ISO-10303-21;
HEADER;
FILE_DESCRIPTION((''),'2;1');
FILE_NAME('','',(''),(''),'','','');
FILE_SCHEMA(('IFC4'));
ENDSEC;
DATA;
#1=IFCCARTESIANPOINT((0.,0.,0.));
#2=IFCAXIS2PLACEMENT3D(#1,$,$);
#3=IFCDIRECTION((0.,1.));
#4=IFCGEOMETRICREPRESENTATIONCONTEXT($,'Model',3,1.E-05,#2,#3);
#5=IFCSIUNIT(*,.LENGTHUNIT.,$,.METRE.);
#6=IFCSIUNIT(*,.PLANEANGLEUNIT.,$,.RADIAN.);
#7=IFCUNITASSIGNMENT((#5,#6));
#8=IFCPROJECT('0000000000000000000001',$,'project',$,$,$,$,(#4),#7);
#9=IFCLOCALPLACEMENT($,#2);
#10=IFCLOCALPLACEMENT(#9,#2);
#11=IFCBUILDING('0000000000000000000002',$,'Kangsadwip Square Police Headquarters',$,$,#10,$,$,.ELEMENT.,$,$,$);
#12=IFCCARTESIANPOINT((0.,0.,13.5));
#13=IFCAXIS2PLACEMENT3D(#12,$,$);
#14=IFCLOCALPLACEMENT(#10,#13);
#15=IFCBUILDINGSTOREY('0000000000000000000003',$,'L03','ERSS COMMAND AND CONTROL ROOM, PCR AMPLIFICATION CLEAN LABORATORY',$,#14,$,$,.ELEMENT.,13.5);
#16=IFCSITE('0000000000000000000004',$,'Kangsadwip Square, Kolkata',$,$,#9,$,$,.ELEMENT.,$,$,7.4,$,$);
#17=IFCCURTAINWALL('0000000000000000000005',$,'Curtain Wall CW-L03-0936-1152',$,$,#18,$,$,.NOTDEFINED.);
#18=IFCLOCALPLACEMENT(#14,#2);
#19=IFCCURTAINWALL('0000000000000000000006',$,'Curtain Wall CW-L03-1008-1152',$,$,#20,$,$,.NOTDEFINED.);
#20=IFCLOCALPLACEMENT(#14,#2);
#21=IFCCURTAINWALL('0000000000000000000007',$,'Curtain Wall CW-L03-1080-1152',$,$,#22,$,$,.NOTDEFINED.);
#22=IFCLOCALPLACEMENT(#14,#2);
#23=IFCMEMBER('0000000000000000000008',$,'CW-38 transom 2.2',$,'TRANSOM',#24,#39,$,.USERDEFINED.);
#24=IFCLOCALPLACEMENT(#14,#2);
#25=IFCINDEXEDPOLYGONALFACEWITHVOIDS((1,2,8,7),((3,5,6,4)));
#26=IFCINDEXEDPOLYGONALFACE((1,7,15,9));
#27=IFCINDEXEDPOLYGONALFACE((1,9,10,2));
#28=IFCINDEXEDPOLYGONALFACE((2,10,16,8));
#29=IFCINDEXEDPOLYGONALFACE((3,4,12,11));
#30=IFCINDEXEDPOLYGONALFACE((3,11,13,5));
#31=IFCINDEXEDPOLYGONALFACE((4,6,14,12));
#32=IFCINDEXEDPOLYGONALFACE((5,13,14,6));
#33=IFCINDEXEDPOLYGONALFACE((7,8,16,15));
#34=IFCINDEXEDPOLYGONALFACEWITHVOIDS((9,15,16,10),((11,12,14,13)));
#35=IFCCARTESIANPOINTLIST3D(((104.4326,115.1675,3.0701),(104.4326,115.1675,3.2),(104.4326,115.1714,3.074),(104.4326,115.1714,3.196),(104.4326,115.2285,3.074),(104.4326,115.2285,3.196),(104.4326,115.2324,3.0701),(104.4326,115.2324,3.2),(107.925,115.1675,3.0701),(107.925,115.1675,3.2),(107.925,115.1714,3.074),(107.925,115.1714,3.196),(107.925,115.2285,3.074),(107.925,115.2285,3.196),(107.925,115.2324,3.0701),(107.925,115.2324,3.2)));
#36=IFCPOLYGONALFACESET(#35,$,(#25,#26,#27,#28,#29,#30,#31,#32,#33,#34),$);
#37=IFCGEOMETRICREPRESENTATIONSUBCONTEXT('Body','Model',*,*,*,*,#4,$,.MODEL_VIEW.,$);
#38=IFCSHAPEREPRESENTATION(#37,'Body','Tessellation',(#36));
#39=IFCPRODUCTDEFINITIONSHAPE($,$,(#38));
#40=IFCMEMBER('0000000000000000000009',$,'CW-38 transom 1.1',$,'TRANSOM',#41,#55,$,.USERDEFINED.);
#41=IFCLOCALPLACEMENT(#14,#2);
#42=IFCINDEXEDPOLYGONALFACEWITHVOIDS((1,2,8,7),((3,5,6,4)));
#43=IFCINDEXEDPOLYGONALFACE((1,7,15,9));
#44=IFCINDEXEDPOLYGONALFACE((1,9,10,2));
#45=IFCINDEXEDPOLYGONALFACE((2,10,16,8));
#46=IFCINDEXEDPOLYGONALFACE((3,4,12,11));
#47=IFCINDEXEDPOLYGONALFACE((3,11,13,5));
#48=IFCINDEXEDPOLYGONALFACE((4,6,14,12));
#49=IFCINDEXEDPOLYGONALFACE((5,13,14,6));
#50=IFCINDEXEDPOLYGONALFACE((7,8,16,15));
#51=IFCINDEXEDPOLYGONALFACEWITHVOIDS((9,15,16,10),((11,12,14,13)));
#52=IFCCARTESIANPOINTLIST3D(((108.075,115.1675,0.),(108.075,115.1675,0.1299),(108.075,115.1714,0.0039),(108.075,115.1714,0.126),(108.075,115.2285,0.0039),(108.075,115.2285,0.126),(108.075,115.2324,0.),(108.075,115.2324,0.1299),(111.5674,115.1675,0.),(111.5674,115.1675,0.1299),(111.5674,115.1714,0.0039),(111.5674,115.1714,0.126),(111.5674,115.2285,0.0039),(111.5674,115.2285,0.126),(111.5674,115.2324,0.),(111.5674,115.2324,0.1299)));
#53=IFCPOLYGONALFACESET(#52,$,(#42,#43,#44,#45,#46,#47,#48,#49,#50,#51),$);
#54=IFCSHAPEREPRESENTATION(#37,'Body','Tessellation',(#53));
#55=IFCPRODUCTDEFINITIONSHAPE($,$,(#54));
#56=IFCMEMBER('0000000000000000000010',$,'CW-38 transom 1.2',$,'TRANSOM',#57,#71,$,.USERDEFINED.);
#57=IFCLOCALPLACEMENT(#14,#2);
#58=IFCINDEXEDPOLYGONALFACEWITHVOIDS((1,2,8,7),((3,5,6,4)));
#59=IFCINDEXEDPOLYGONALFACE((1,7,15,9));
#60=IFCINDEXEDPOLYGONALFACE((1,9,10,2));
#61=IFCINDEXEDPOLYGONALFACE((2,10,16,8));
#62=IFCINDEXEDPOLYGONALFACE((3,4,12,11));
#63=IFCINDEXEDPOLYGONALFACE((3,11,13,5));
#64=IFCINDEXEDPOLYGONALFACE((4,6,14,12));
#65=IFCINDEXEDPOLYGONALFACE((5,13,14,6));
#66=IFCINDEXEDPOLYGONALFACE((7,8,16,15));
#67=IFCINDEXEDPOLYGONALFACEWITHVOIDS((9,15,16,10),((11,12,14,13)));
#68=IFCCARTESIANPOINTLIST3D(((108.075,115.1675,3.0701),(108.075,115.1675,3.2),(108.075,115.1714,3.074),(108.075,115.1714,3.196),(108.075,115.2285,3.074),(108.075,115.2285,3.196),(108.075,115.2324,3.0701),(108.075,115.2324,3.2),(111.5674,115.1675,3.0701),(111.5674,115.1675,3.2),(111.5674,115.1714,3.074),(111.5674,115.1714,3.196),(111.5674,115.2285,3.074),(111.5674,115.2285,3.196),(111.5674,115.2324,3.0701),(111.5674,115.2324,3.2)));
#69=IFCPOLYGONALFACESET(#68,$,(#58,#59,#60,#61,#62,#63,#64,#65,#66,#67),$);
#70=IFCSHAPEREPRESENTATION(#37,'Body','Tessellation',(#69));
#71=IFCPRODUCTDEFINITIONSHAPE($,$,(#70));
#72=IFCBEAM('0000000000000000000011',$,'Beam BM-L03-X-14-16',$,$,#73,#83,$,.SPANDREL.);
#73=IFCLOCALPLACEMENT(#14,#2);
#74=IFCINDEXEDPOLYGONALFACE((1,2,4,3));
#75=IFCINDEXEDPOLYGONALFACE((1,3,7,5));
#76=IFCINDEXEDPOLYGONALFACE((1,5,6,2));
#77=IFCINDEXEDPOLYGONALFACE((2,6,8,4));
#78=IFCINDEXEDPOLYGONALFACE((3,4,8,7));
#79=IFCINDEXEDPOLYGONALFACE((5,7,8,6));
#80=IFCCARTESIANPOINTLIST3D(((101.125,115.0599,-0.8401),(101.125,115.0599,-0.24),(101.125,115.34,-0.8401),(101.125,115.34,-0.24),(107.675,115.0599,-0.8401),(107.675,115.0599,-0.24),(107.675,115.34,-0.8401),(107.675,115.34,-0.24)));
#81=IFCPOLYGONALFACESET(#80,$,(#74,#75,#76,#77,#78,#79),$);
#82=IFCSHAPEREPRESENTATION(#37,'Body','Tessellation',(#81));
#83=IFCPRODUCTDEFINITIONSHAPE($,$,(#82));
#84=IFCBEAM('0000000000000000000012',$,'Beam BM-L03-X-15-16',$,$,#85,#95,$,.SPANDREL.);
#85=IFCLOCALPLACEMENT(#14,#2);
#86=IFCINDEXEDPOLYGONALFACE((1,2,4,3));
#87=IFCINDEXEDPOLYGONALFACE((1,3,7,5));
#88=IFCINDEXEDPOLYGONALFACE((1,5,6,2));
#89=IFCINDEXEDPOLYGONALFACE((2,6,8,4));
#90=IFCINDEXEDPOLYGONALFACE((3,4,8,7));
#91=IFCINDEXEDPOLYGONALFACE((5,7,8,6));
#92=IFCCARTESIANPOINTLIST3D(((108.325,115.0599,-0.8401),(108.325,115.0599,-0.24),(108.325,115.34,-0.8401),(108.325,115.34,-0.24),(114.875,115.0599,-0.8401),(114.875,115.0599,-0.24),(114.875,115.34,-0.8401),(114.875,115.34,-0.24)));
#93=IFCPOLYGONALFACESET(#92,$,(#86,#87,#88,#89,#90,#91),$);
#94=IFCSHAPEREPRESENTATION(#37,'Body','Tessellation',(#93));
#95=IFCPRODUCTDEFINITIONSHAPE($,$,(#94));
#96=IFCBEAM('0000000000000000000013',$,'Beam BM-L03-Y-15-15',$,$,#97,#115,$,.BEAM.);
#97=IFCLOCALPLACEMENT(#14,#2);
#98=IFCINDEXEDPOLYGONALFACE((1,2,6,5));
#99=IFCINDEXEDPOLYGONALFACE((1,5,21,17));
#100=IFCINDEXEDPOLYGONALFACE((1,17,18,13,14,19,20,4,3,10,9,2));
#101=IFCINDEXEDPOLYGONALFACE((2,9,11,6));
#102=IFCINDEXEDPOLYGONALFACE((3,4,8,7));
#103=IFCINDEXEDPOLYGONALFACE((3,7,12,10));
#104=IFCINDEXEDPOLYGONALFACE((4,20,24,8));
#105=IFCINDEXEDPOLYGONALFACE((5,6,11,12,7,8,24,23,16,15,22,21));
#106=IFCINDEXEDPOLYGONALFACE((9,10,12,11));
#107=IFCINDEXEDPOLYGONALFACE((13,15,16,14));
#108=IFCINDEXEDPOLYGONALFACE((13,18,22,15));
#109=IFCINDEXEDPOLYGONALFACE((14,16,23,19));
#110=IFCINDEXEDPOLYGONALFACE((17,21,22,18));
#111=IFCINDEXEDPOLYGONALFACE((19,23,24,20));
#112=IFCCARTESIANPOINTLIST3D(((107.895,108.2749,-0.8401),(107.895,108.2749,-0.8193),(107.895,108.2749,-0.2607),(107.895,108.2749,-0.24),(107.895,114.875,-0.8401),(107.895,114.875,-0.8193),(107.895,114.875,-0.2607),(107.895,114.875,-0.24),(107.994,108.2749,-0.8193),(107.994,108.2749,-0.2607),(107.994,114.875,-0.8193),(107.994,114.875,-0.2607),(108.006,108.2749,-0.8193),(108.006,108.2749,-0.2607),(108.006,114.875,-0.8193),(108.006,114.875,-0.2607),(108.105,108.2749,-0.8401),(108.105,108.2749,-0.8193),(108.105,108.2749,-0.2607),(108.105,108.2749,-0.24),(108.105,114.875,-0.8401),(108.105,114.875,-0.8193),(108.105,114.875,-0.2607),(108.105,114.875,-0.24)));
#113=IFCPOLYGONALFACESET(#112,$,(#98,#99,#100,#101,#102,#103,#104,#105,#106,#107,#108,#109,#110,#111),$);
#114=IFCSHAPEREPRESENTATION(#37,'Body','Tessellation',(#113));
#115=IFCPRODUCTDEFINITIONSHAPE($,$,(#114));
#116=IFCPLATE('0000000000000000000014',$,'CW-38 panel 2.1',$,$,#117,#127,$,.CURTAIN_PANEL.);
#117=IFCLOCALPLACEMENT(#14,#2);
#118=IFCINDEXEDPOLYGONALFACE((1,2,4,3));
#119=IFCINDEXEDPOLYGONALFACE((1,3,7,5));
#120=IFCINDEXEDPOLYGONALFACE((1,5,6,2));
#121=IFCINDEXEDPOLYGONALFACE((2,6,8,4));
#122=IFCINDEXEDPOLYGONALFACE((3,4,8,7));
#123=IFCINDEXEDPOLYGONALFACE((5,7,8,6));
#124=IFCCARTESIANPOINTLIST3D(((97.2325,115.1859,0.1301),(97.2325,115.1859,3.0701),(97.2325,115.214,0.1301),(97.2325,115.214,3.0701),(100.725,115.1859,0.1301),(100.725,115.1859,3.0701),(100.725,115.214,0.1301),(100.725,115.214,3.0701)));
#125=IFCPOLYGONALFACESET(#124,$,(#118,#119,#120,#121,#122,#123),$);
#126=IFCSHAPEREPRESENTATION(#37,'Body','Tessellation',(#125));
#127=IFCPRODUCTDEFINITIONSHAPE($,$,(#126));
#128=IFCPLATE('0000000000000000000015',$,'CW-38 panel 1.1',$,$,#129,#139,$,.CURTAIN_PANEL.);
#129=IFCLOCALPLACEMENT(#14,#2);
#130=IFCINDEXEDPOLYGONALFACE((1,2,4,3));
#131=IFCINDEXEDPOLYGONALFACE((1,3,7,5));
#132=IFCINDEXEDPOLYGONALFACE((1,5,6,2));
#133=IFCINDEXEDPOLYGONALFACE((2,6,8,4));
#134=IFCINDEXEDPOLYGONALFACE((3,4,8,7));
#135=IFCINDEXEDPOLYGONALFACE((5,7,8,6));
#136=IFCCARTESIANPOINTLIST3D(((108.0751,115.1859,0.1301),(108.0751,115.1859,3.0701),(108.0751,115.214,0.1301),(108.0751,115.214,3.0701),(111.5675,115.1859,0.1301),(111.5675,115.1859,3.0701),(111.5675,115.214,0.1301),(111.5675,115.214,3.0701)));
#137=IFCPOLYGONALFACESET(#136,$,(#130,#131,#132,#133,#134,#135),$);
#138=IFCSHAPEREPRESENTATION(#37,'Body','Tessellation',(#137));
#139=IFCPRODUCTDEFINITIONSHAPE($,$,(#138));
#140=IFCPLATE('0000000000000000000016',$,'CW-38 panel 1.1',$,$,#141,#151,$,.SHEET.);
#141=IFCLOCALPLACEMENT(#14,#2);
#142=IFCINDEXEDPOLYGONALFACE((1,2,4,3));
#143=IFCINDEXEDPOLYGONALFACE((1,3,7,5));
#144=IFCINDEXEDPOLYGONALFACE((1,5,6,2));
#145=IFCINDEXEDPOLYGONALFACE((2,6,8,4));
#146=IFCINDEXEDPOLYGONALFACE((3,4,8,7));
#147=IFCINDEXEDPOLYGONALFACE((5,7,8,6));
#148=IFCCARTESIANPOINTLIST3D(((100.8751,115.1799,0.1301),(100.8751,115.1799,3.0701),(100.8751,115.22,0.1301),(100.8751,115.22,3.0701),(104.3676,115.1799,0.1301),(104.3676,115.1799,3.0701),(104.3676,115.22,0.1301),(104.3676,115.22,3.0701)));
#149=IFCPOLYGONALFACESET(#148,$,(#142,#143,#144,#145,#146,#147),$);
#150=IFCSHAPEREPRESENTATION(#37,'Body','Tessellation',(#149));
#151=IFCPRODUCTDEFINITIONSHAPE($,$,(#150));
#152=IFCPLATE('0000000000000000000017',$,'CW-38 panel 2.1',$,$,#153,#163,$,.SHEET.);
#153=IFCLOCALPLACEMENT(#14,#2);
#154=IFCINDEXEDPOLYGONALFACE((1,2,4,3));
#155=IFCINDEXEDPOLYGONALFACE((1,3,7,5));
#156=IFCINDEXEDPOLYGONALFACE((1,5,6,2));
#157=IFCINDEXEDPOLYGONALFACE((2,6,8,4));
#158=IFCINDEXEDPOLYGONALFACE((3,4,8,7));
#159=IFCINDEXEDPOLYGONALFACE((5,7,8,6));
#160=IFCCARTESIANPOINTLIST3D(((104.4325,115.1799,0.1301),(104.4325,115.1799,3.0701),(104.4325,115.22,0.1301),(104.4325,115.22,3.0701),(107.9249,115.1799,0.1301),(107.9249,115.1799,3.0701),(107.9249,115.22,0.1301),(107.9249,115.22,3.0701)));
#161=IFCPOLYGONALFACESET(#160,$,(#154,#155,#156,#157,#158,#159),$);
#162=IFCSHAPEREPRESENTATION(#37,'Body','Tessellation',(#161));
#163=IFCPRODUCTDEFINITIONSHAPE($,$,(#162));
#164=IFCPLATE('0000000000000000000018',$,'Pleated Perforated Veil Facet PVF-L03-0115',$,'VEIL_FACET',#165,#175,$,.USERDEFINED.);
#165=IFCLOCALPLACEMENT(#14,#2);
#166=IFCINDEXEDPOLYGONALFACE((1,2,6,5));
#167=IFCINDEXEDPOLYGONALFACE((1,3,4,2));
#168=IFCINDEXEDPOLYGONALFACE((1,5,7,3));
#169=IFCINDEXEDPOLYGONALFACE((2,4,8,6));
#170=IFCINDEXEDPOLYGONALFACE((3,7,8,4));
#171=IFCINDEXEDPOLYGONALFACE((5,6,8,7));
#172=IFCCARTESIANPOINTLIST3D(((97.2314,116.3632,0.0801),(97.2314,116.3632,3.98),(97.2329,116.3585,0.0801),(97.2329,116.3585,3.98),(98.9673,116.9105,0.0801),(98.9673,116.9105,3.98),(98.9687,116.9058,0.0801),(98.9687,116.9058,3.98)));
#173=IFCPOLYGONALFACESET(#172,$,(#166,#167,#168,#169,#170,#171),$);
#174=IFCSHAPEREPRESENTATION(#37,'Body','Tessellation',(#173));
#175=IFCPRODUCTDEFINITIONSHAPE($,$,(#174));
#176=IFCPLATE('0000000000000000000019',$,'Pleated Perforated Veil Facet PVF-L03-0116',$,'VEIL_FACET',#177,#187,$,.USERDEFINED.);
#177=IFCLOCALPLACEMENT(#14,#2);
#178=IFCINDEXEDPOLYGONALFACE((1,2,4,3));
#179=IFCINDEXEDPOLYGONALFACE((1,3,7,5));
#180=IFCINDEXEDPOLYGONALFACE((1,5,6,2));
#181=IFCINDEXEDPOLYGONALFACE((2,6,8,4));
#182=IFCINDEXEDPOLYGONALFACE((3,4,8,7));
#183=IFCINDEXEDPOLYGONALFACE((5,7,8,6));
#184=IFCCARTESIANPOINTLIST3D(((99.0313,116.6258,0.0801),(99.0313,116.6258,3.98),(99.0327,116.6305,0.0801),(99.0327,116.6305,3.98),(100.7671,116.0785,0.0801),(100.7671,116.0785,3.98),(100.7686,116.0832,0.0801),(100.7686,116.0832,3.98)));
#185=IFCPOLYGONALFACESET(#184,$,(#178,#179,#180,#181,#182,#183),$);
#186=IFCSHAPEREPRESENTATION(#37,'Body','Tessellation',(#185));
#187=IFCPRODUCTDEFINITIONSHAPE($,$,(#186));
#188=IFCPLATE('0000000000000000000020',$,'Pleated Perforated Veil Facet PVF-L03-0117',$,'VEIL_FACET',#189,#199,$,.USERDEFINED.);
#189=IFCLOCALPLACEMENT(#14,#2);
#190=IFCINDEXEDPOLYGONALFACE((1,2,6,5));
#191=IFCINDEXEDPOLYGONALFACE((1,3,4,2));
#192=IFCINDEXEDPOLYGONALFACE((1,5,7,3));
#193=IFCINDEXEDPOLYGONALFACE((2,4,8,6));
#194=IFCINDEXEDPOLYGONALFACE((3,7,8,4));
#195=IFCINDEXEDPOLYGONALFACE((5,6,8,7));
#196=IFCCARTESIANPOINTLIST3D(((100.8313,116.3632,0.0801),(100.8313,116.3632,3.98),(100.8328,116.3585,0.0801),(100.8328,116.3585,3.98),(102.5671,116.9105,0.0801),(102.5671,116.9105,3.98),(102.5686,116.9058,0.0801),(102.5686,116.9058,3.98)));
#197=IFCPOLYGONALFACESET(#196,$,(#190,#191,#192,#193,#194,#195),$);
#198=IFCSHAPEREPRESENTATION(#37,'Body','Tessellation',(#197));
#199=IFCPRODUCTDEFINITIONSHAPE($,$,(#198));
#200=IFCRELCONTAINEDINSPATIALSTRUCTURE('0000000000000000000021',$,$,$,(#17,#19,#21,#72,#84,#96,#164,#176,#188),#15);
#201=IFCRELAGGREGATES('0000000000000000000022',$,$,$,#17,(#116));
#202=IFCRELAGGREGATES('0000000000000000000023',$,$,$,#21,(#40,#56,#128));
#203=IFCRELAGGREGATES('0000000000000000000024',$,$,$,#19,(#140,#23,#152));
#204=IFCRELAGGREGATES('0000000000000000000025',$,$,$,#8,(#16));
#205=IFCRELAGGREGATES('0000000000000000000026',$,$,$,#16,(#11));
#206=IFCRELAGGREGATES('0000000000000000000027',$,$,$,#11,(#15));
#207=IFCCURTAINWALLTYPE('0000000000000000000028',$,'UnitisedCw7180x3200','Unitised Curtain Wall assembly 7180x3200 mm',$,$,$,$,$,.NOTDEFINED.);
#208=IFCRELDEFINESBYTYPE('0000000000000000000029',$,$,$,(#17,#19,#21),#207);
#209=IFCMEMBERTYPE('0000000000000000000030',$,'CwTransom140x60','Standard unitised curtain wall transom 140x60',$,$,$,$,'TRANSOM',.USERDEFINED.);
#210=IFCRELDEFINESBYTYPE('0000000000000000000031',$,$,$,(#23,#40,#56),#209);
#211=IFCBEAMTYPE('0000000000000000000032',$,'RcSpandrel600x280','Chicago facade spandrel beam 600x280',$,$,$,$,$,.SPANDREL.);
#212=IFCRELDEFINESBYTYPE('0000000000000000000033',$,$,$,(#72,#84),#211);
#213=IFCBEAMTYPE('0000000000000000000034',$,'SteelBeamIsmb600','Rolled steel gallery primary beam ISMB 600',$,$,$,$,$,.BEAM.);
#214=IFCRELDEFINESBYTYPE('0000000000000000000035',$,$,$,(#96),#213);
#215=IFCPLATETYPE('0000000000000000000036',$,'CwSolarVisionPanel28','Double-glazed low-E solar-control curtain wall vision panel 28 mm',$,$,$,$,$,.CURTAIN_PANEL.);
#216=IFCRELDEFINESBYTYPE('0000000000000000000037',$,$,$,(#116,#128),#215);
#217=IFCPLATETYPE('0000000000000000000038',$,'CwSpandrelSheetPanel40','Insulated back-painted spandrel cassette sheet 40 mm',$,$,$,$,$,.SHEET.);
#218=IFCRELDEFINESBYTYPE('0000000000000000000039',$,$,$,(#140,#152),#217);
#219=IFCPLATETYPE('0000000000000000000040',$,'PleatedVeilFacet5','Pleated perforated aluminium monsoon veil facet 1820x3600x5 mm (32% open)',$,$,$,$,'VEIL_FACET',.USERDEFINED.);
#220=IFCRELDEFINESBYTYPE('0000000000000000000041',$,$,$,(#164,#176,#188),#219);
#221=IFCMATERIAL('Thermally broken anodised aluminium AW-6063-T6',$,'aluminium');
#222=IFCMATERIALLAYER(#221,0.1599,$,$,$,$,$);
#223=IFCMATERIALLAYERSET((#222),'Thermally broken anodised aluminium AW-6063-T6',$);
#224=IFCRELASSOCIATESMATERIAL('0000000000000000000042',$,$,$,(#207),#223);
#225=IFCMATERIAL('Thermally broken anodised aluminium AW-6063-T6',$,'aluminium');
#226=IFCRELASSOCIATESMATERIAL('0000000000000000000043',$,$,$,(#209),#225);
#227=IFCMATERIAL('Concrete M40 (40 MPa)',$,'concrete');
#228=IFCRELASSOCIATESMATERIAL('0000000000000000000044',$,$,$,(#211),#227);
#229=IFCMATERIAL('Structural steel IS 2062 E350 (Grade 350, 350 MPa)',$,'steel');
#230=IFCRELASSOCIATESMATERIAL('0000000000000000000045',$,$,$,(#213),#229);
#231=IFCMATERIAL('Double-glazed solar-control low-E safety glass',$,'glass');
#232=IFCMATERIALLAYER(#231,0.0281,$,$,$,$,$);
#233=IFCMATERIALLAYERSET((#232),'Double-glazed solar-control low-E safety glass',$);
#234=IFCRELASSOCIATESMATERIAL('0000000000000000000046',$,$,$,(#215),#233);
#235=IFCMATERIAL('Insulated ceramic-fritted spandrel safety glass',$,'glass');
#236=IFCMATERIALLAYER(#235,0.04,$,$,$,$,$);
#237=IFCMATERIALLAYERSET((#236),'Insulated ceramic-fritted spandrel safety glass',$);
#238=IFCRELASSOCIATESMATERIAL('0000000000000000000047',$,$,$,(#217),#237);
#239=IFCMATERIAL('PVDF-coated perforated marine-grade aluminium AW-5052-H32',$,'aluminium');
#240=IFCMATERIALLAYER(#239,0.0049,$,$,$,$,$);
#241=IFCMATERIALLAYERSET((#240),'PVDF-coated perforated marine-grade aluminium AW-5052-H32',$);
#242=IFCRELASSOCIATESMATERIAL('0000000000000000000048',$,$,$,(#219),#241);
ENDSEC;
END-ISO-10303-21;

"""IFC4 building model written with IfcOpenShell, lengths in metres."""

from ifc_helpers import new_model, si_unit, direction, frame, origin, origin_2d, place, context, subcontext, project, spatial, rectangle, hollow_rectangle, i_section, extrude, material, layer, layer_set, material_profile, profile_set, type_object, element, aggregate, save


model = new_model("IFC4")

# Units and contexts
model_context = context("Model", 3, precision=1e-05, world=origin(), true_north=direction((0.0, 1.0)))
body_context = subcontext(model_context, "Body", "Model", "MODEL_VIEW")
ifc_project = project(units=[si_unit("LENGTHUNIT", "METRE"), si_unit("PLANEANGLEUNIT", "RADIAN")], contexts=[model_context])

# Site, building, storey
site_placement = place(None, origin())
site = spatial("IfcSite", under=ifc_project, at=site_placement, Name="Kangsadwip Square, Kolkata", CompositionType="ELEMENT", RefElevation=7.4)
building_placement = place(site_placement, origin())
building = spatial("IfcBuilding", under=site, at=building_placement, Name="Kangsadwip Square Police Headquarters", CompositionType="ELEMENT")
storey_placement = place(building_placement, frame((0.0, 0.0, 13.5)))
storey = spatial("IfcBuildingStorey", under=building, at=storey_placement, Name="L03", Description="ERSS COMMAND AND CONTROL ROOM, PCR AMPLIFICATION CLEAN LABORATORY", CompositionType="ELEMENT", Elevation=13.5)

# Curtain wall
ifc_material_1 = material(Name="Thermally broken anodised aluminium AW-6063-T6", Category="aluminium")
ifc_layer_1 = layer(ifc_material_1, 0.1599)
ifc_layer_set_1 = layer_set([ifc_layer_1], Name="Thermally broken anodised aluminium AW-6063-T6")
curtain_wall_type = type_object("IfcCurtainWallType", Name="UnitisedCw7180x3200", Description="Unitised Curtain Wall assembly 7180x3200 mm", PredefinedType="NOTDEFINED", material=ifc_layer_set_1)
curtain_wall_1_placement = place(storey_placement, origin())
curtain_wall_1 = element("IfcCurtainWall", 1, at=curtain_wall_1_placement, inside=storey, type_object=curtain_wall_type, Name="Curtain Wall CW-L03-0936-1152", PredefinedType="NOTDEFINED")

# Curtain wall
curtain_wall_2_placement = place(storey_placement, origin())
curtain_wall_2 = element("IfcCurtainWall", 2, at=curtain_wall_2_placement, inside=storey, type_object=curtain_wall_type, Name="Curtain Wall CW-L03-1008-1152", PredefinedType="NOTDEFINED")

# Curtain wall
curtain_wall_3_placement = place(storey_placement, origin())
curtain_wall_3 = element("IfcCurtainWall", 3, at=curtain_wall_3_placement, inside=storey, type_object=curtain_wall_type, Name="Curtain Wall CW-L03-1080-1152", PredefinedType="NOTDEFINED")

# Members
ifc_material_2 = material(Name="Thermally broken anodised aluminium AW-6063-T6", Category="aluminium")
ifc_material_profile_1 = material_profile(ifc_material_2, hollow_rectangle(XDim=0.0649, YDim=0.1299, WallThickness=0.0039, at=origin_2d()), Name="CWT 130X65X4")
ifc_profile_set_1 = profile_set([ifc_material_profile_1], Name="Thermally broken anodised aluminium AW-6063-T6")
member_type_1 = type_object("IfcMemberType", Name="CwTransom140x60", Description="Standard unitised curtain wall transom 140x60", ElementType="TRANSOM", PredefinedType="USERDEFINED", material=ifc_profile_set_1)
member_1_placement = place(storey_placement, frame((104.4326, 115.2, 3.135), z_axis=(1.0, 0.0, 0.0), x_axis=(0.0, 1.0, 0.0)))
member_1 = element("IfcMember", 4, at=member_1_placement, type_object=member_type_1, Name="CW-38 transom 2.2", ObjectType="TRANSOM", PredefinedType="USERDEFINED", context=body_context, shape_type="SweptSolid", body=[
    extrude(hollow_rectangle(XDim=0.0649, YDim=0.1299, WallThickness=0.0039, at=origin_2d()), origin(), (0.0, 0.0, 1.0), 3.4924),
])
member_2_placement = place(storey_placement, frame((108.075, 115.2, 0.0649), z_axis=(1.0, 0.0, 0.0), x_axis=(0.0, 1.0, 0.0)))
member_2 = element("IfcMember", 5, at=member_2_placement, type_object=member_type_1, Name="CW-38 transom 1.1", ObjectType="TRANSOM", PredefinedType="USERDEFINED", context=body_context, shape_type="SweptSolid", body=[
    extrude(hollow_rectangle(XDim=0.0649, YDim=0.1299, WallThickness=0.0039, at=origin_2d()), origin(), (0.0, 0.0, 1.0), 3.4924),
])
member_3_placement = place(storey_placement, frame((108.075, 115.2, 3.135), z_axis=(1.0, 0.0, 0.0), x_axis=(0.0, 1.0, 0.0)))
member_3 = element("IfcMember", 6, at=member_3_placement, type_object=member_type_1, Name="CW-38 transom 1.2", ObjectType="TRANSOM", PredefinedType="USERDEFINED", context=body_context, shape_type="SweptSolid", body=[
    extrude(hollow_rectangle(XDim=0.0649, YDim=0.1299, WallThickness=0.0039, at=origin_2d()), origin(), (0.0, 0.0, 1.0), 3.4924),
])

# Beams
ifc_material_3 = material(Name="Concrete M40 (40 MPa)", Category="concrete")
ifc_material_profile_2 = material_profile(ifc_material_3, rectangle(XDim=0.28, YDim=0.6001, at=origin_2d()), Name="RC SPN 600X280")
ifc_profile_set_2 = profile_set([ifc_material_profile_2], Name="Concrete M40 (40 MPa)")
beam_type_1 = type_object("IfcBeamType", Name="RcSpandrel600x280", Description="Chicago facade spandrel beam 600x280", PredefinedType="SPANDREL", material=ifc_profile_set_2)
for number, where, z_axis, x_axis, name in (
    (7, (101.125, 115.2, -0.54), (1.0, 0.0, 0.0), (0.0, 1.0, 0.0), "Beam BM-L03-X-14-16"),
    (8, (108.325, 115.2, -0.54), (1.0, 0.0, 0.0), (0.0, 1.0, 0.0), "Beam BM-L03-X-15-16"),
):
    element("IfcBeam", number, at=place(storey_placement, frame(where, z_axis=z_axis, x_axis=x_axis)), inside=storey, type_object=beam_type_1, Name=name, PredefinedType="SPANDREL", context=body_context, shape_type="SweptSolid", body=[
        extrude(rectangle(XDim=0.28, YDim=0.6001, at=origin_2d()), origin(), (0.0, 0.0, 1.0), 6.55),
    ])
ifc_material_4 = material(Name="Structural steel IS 2062 E350 (Grade 350, 350 MPa)", Category="steel")
ifc_material_profile_3 = material_profile(ifc_material_4, i_section(OverallWidth=0.21, OverallDepth=0.6001, WebThickness=0.012, FlangeThickness=0.0208, at=origin_2d()), Name="ISMB 600")
ifc_profile_set_3 = profile_set([ifc_material_profile_3], Name="Structural steel IS 2062 E350 (Grade 350, 350 MPa)")
beam_type_2 = type_object("IfcBeamType", Name="SteelBeamIsmb600", Description="Rolled steel gallery primary beam ISMB 600", PredefinedType="BEAM", material=ifc_profile_set_3)
beam_placement = place(storey_placement, frame((108.0, 108.2749, -0.54), z_axis=(0.0, 1.0, 0.0), x_axis=(-1.0, 0.0, 0.0)))
element("IfcBeam", 9, at=beam_placement, inside=storey, type_object=beam_type_2, Name="Beam BM-L03-Y-15-15", PredefinedType="BEAM", context=body_context, shape_type="SweptSolid", body=[
    extrude(i_section(OverallWidth=0.21, OverallDepth=0.6001, WebThickness=0.012, FlangeThickness=0.0208, at=origin_2d()), origin(), (0.0, 0.0, 1.0), 6.6001),
])

# Plates
ifc_material_5 = material(Name="Double-glazed solar-control low-E safety glass", Category="glass")
ifc_layer_2 = layer(ifc_material_5, 0.0281)
ifc_layer_set_2 = layer_set([ifc_layer_2], Name="Double-glazed solar-control low-E safety glass")
plate_type_1 = type_object("IfcPlateType", Name="CwSolarVisionPanel28", Description="Double-glazed low-E solar-control curtain wall vision panel 28 mm", PredefinedType="CURTAIN_PANEL", material=ifc_layer_set_2)
plate_1_placement = place(storey_placement, frame((98.9788, 115.2, 0.1301), z_axis=(0.0, 0.0, 1.0), x_axis=(1.0, 0.0, 0.0)))
plate_1 = element("IfcPlate", 10, at=plate_1_placement, type_object=plate_type_1, Name="CW-38 panel 2.1", PredefinedType="CURTAIN_PANEL", context=body_context, shape_type="SweptSolid", body=[
    extrude(rectangle(XDim=3.4924, YDim=0.0281, at=origin_2d()), origin(), (0.0, 0.0, 1.0), 2.9399),
])
aggregate(curtain_wall_1, [plate_1])
plate_2_placement = place(storey_placement, frame((109.8213, 115.2, 0.1301), z_axis=(0.0, 0.0, 1.0), x_axis=(1.0, 0.0, 0.0)))
plate_2 = element("IfcPlate", 11, at=plate_2_placement, type_object=plate_type_1, Name="CW-38 panel 1.1", PredefinedType="CURTAIN_PANEL", context=body_context, shape_type="SweptSolid", body=[
    extrude(rectangle(XDim=3.4924, YDim=0.0281, at=origin_2d()), origin(), (0.0, 0.0, 1.0), 2.9399),
])
aggregate(curtain_wall_3, [member_2, member_3, plate_2])
ifc_material_6 = material(Name="Insulated ceramic-fritted spandrel safety glass", Category="glass")
ifc_layer_3 = layer(ifc_material_6, 0.04)
ifc_layer_set_3 = layer_set([ifc_layer_3], Name="Insulated ceramic-fritted spandrel safety glass")
plate_type_2 = type_object("IfcPlateType", Name="CwSpandrelSheetPanel40", Description="Insulated back-painted spandrel cassette sheet 40 mm", PredefinedType="SHEET", material=ifc_layer_set_3)
plate_3_placement = place(storey_placement, frame((102.6213, 115.2, 0.1301), z_axis=(0.0, 0.0, 1.0), x_axis=(1.0, 0.0, 0.0)))
plate_3 = element("IfcPlate", 12, at=plate_3_placement, type_object=plate_type_2, Name="CW-38 panel 1.1", PredefinedType="SHEET", context=body_context, shape_type="SweptSolid", body=[
    extrude(rectangle(XDim=3.4924, YDim=0.04, at=origin_2d()), origin(), (0.0, 0.0, 1.0), 2.9399),
])
plate_4_placement = place(storey_placement, frame((106.1787, 115.2, 0.1301), z_axis=(0.0, 0.0, 1.0), x_axis=(1.0, 0.0, 0.0)))
plate_4 = element("IfcPlate", 13, at=plate_4_placement, type_object=plate_type_2, Name="CW-38 panel 2.1", PredefinedType="SHEET", context=body_context, shape_type="SweptSolid", body=[
    extrude(rectangle(XDim=3.4924, YDim=0.04, at=origin_2d()), origin(), (0.0, 0.0, 1.0), 2.9399),
])
aggregate(curtain_wall_2, [plate_3, member_1, plate_4])

# Plates
ifc_material_7 = material(Name="PVDF-coated perforated marine-grade aluminium AW-5052-H32", Category="aluminium")
ifc_layer_4 = layer(ifc_material_7, 0.0049)
ifc_layer_set_4 = layer_set([ifc_layer_4], Name="PVDF-coated perforated marine-grade aluminium AW-5052-H32")
plate_type_3 = type_object("IfcPlateType", Name="PleatedVeilFacet5", Description="Pleated perforated aluminium monsoon veil facet 1820x3600x5 mm (32% open)", ElementType="VEIL_FACET", PredefinedType="USERDEFINED", material=ifc_layer_set_4)
for number, where, z_axis, x_axis, name in (
    (14, (98.1001, 116.6345, 0.0801), (0.0, 0.0, 1.0), (0.953717, 0.300706, 0.0), "Pleated Perforated Veil Facet PVF-L03-0115"),
    (15, (99.8999, 116.3545, 0.0801), (0.0, 0.0, 1.0), (0.953717, -0.300706, 0.0), "Pleated Perforated Veil Facet PVF-L03-0116"),
    (16, (101.7, 116.6345, 0.0801), (0.0, 0.0, 1.0), (0.953717, 0.300706, 0.0), "Pleated Perforated Veil Facet PVF-L03-0117"),
):
    element("IfcPlate", number, at=place(storey_placement, frame(where, z_axis=z_axis, x_axis=x_axis)), inside=storey, type_object=plate_type_3, Name=name, ObjectType="VEIL_FACET", PredefinedType="USERDEFINED", context=body_context, shape_type="SweptSolid", body=[
        extrude(rectangle(XDim=1.8201, YDim=0.0049, at=origin_2d()), origin(), (0.0, 0.0, 1.0), 3.8999),
    ])

save(model, "model.ifc")
